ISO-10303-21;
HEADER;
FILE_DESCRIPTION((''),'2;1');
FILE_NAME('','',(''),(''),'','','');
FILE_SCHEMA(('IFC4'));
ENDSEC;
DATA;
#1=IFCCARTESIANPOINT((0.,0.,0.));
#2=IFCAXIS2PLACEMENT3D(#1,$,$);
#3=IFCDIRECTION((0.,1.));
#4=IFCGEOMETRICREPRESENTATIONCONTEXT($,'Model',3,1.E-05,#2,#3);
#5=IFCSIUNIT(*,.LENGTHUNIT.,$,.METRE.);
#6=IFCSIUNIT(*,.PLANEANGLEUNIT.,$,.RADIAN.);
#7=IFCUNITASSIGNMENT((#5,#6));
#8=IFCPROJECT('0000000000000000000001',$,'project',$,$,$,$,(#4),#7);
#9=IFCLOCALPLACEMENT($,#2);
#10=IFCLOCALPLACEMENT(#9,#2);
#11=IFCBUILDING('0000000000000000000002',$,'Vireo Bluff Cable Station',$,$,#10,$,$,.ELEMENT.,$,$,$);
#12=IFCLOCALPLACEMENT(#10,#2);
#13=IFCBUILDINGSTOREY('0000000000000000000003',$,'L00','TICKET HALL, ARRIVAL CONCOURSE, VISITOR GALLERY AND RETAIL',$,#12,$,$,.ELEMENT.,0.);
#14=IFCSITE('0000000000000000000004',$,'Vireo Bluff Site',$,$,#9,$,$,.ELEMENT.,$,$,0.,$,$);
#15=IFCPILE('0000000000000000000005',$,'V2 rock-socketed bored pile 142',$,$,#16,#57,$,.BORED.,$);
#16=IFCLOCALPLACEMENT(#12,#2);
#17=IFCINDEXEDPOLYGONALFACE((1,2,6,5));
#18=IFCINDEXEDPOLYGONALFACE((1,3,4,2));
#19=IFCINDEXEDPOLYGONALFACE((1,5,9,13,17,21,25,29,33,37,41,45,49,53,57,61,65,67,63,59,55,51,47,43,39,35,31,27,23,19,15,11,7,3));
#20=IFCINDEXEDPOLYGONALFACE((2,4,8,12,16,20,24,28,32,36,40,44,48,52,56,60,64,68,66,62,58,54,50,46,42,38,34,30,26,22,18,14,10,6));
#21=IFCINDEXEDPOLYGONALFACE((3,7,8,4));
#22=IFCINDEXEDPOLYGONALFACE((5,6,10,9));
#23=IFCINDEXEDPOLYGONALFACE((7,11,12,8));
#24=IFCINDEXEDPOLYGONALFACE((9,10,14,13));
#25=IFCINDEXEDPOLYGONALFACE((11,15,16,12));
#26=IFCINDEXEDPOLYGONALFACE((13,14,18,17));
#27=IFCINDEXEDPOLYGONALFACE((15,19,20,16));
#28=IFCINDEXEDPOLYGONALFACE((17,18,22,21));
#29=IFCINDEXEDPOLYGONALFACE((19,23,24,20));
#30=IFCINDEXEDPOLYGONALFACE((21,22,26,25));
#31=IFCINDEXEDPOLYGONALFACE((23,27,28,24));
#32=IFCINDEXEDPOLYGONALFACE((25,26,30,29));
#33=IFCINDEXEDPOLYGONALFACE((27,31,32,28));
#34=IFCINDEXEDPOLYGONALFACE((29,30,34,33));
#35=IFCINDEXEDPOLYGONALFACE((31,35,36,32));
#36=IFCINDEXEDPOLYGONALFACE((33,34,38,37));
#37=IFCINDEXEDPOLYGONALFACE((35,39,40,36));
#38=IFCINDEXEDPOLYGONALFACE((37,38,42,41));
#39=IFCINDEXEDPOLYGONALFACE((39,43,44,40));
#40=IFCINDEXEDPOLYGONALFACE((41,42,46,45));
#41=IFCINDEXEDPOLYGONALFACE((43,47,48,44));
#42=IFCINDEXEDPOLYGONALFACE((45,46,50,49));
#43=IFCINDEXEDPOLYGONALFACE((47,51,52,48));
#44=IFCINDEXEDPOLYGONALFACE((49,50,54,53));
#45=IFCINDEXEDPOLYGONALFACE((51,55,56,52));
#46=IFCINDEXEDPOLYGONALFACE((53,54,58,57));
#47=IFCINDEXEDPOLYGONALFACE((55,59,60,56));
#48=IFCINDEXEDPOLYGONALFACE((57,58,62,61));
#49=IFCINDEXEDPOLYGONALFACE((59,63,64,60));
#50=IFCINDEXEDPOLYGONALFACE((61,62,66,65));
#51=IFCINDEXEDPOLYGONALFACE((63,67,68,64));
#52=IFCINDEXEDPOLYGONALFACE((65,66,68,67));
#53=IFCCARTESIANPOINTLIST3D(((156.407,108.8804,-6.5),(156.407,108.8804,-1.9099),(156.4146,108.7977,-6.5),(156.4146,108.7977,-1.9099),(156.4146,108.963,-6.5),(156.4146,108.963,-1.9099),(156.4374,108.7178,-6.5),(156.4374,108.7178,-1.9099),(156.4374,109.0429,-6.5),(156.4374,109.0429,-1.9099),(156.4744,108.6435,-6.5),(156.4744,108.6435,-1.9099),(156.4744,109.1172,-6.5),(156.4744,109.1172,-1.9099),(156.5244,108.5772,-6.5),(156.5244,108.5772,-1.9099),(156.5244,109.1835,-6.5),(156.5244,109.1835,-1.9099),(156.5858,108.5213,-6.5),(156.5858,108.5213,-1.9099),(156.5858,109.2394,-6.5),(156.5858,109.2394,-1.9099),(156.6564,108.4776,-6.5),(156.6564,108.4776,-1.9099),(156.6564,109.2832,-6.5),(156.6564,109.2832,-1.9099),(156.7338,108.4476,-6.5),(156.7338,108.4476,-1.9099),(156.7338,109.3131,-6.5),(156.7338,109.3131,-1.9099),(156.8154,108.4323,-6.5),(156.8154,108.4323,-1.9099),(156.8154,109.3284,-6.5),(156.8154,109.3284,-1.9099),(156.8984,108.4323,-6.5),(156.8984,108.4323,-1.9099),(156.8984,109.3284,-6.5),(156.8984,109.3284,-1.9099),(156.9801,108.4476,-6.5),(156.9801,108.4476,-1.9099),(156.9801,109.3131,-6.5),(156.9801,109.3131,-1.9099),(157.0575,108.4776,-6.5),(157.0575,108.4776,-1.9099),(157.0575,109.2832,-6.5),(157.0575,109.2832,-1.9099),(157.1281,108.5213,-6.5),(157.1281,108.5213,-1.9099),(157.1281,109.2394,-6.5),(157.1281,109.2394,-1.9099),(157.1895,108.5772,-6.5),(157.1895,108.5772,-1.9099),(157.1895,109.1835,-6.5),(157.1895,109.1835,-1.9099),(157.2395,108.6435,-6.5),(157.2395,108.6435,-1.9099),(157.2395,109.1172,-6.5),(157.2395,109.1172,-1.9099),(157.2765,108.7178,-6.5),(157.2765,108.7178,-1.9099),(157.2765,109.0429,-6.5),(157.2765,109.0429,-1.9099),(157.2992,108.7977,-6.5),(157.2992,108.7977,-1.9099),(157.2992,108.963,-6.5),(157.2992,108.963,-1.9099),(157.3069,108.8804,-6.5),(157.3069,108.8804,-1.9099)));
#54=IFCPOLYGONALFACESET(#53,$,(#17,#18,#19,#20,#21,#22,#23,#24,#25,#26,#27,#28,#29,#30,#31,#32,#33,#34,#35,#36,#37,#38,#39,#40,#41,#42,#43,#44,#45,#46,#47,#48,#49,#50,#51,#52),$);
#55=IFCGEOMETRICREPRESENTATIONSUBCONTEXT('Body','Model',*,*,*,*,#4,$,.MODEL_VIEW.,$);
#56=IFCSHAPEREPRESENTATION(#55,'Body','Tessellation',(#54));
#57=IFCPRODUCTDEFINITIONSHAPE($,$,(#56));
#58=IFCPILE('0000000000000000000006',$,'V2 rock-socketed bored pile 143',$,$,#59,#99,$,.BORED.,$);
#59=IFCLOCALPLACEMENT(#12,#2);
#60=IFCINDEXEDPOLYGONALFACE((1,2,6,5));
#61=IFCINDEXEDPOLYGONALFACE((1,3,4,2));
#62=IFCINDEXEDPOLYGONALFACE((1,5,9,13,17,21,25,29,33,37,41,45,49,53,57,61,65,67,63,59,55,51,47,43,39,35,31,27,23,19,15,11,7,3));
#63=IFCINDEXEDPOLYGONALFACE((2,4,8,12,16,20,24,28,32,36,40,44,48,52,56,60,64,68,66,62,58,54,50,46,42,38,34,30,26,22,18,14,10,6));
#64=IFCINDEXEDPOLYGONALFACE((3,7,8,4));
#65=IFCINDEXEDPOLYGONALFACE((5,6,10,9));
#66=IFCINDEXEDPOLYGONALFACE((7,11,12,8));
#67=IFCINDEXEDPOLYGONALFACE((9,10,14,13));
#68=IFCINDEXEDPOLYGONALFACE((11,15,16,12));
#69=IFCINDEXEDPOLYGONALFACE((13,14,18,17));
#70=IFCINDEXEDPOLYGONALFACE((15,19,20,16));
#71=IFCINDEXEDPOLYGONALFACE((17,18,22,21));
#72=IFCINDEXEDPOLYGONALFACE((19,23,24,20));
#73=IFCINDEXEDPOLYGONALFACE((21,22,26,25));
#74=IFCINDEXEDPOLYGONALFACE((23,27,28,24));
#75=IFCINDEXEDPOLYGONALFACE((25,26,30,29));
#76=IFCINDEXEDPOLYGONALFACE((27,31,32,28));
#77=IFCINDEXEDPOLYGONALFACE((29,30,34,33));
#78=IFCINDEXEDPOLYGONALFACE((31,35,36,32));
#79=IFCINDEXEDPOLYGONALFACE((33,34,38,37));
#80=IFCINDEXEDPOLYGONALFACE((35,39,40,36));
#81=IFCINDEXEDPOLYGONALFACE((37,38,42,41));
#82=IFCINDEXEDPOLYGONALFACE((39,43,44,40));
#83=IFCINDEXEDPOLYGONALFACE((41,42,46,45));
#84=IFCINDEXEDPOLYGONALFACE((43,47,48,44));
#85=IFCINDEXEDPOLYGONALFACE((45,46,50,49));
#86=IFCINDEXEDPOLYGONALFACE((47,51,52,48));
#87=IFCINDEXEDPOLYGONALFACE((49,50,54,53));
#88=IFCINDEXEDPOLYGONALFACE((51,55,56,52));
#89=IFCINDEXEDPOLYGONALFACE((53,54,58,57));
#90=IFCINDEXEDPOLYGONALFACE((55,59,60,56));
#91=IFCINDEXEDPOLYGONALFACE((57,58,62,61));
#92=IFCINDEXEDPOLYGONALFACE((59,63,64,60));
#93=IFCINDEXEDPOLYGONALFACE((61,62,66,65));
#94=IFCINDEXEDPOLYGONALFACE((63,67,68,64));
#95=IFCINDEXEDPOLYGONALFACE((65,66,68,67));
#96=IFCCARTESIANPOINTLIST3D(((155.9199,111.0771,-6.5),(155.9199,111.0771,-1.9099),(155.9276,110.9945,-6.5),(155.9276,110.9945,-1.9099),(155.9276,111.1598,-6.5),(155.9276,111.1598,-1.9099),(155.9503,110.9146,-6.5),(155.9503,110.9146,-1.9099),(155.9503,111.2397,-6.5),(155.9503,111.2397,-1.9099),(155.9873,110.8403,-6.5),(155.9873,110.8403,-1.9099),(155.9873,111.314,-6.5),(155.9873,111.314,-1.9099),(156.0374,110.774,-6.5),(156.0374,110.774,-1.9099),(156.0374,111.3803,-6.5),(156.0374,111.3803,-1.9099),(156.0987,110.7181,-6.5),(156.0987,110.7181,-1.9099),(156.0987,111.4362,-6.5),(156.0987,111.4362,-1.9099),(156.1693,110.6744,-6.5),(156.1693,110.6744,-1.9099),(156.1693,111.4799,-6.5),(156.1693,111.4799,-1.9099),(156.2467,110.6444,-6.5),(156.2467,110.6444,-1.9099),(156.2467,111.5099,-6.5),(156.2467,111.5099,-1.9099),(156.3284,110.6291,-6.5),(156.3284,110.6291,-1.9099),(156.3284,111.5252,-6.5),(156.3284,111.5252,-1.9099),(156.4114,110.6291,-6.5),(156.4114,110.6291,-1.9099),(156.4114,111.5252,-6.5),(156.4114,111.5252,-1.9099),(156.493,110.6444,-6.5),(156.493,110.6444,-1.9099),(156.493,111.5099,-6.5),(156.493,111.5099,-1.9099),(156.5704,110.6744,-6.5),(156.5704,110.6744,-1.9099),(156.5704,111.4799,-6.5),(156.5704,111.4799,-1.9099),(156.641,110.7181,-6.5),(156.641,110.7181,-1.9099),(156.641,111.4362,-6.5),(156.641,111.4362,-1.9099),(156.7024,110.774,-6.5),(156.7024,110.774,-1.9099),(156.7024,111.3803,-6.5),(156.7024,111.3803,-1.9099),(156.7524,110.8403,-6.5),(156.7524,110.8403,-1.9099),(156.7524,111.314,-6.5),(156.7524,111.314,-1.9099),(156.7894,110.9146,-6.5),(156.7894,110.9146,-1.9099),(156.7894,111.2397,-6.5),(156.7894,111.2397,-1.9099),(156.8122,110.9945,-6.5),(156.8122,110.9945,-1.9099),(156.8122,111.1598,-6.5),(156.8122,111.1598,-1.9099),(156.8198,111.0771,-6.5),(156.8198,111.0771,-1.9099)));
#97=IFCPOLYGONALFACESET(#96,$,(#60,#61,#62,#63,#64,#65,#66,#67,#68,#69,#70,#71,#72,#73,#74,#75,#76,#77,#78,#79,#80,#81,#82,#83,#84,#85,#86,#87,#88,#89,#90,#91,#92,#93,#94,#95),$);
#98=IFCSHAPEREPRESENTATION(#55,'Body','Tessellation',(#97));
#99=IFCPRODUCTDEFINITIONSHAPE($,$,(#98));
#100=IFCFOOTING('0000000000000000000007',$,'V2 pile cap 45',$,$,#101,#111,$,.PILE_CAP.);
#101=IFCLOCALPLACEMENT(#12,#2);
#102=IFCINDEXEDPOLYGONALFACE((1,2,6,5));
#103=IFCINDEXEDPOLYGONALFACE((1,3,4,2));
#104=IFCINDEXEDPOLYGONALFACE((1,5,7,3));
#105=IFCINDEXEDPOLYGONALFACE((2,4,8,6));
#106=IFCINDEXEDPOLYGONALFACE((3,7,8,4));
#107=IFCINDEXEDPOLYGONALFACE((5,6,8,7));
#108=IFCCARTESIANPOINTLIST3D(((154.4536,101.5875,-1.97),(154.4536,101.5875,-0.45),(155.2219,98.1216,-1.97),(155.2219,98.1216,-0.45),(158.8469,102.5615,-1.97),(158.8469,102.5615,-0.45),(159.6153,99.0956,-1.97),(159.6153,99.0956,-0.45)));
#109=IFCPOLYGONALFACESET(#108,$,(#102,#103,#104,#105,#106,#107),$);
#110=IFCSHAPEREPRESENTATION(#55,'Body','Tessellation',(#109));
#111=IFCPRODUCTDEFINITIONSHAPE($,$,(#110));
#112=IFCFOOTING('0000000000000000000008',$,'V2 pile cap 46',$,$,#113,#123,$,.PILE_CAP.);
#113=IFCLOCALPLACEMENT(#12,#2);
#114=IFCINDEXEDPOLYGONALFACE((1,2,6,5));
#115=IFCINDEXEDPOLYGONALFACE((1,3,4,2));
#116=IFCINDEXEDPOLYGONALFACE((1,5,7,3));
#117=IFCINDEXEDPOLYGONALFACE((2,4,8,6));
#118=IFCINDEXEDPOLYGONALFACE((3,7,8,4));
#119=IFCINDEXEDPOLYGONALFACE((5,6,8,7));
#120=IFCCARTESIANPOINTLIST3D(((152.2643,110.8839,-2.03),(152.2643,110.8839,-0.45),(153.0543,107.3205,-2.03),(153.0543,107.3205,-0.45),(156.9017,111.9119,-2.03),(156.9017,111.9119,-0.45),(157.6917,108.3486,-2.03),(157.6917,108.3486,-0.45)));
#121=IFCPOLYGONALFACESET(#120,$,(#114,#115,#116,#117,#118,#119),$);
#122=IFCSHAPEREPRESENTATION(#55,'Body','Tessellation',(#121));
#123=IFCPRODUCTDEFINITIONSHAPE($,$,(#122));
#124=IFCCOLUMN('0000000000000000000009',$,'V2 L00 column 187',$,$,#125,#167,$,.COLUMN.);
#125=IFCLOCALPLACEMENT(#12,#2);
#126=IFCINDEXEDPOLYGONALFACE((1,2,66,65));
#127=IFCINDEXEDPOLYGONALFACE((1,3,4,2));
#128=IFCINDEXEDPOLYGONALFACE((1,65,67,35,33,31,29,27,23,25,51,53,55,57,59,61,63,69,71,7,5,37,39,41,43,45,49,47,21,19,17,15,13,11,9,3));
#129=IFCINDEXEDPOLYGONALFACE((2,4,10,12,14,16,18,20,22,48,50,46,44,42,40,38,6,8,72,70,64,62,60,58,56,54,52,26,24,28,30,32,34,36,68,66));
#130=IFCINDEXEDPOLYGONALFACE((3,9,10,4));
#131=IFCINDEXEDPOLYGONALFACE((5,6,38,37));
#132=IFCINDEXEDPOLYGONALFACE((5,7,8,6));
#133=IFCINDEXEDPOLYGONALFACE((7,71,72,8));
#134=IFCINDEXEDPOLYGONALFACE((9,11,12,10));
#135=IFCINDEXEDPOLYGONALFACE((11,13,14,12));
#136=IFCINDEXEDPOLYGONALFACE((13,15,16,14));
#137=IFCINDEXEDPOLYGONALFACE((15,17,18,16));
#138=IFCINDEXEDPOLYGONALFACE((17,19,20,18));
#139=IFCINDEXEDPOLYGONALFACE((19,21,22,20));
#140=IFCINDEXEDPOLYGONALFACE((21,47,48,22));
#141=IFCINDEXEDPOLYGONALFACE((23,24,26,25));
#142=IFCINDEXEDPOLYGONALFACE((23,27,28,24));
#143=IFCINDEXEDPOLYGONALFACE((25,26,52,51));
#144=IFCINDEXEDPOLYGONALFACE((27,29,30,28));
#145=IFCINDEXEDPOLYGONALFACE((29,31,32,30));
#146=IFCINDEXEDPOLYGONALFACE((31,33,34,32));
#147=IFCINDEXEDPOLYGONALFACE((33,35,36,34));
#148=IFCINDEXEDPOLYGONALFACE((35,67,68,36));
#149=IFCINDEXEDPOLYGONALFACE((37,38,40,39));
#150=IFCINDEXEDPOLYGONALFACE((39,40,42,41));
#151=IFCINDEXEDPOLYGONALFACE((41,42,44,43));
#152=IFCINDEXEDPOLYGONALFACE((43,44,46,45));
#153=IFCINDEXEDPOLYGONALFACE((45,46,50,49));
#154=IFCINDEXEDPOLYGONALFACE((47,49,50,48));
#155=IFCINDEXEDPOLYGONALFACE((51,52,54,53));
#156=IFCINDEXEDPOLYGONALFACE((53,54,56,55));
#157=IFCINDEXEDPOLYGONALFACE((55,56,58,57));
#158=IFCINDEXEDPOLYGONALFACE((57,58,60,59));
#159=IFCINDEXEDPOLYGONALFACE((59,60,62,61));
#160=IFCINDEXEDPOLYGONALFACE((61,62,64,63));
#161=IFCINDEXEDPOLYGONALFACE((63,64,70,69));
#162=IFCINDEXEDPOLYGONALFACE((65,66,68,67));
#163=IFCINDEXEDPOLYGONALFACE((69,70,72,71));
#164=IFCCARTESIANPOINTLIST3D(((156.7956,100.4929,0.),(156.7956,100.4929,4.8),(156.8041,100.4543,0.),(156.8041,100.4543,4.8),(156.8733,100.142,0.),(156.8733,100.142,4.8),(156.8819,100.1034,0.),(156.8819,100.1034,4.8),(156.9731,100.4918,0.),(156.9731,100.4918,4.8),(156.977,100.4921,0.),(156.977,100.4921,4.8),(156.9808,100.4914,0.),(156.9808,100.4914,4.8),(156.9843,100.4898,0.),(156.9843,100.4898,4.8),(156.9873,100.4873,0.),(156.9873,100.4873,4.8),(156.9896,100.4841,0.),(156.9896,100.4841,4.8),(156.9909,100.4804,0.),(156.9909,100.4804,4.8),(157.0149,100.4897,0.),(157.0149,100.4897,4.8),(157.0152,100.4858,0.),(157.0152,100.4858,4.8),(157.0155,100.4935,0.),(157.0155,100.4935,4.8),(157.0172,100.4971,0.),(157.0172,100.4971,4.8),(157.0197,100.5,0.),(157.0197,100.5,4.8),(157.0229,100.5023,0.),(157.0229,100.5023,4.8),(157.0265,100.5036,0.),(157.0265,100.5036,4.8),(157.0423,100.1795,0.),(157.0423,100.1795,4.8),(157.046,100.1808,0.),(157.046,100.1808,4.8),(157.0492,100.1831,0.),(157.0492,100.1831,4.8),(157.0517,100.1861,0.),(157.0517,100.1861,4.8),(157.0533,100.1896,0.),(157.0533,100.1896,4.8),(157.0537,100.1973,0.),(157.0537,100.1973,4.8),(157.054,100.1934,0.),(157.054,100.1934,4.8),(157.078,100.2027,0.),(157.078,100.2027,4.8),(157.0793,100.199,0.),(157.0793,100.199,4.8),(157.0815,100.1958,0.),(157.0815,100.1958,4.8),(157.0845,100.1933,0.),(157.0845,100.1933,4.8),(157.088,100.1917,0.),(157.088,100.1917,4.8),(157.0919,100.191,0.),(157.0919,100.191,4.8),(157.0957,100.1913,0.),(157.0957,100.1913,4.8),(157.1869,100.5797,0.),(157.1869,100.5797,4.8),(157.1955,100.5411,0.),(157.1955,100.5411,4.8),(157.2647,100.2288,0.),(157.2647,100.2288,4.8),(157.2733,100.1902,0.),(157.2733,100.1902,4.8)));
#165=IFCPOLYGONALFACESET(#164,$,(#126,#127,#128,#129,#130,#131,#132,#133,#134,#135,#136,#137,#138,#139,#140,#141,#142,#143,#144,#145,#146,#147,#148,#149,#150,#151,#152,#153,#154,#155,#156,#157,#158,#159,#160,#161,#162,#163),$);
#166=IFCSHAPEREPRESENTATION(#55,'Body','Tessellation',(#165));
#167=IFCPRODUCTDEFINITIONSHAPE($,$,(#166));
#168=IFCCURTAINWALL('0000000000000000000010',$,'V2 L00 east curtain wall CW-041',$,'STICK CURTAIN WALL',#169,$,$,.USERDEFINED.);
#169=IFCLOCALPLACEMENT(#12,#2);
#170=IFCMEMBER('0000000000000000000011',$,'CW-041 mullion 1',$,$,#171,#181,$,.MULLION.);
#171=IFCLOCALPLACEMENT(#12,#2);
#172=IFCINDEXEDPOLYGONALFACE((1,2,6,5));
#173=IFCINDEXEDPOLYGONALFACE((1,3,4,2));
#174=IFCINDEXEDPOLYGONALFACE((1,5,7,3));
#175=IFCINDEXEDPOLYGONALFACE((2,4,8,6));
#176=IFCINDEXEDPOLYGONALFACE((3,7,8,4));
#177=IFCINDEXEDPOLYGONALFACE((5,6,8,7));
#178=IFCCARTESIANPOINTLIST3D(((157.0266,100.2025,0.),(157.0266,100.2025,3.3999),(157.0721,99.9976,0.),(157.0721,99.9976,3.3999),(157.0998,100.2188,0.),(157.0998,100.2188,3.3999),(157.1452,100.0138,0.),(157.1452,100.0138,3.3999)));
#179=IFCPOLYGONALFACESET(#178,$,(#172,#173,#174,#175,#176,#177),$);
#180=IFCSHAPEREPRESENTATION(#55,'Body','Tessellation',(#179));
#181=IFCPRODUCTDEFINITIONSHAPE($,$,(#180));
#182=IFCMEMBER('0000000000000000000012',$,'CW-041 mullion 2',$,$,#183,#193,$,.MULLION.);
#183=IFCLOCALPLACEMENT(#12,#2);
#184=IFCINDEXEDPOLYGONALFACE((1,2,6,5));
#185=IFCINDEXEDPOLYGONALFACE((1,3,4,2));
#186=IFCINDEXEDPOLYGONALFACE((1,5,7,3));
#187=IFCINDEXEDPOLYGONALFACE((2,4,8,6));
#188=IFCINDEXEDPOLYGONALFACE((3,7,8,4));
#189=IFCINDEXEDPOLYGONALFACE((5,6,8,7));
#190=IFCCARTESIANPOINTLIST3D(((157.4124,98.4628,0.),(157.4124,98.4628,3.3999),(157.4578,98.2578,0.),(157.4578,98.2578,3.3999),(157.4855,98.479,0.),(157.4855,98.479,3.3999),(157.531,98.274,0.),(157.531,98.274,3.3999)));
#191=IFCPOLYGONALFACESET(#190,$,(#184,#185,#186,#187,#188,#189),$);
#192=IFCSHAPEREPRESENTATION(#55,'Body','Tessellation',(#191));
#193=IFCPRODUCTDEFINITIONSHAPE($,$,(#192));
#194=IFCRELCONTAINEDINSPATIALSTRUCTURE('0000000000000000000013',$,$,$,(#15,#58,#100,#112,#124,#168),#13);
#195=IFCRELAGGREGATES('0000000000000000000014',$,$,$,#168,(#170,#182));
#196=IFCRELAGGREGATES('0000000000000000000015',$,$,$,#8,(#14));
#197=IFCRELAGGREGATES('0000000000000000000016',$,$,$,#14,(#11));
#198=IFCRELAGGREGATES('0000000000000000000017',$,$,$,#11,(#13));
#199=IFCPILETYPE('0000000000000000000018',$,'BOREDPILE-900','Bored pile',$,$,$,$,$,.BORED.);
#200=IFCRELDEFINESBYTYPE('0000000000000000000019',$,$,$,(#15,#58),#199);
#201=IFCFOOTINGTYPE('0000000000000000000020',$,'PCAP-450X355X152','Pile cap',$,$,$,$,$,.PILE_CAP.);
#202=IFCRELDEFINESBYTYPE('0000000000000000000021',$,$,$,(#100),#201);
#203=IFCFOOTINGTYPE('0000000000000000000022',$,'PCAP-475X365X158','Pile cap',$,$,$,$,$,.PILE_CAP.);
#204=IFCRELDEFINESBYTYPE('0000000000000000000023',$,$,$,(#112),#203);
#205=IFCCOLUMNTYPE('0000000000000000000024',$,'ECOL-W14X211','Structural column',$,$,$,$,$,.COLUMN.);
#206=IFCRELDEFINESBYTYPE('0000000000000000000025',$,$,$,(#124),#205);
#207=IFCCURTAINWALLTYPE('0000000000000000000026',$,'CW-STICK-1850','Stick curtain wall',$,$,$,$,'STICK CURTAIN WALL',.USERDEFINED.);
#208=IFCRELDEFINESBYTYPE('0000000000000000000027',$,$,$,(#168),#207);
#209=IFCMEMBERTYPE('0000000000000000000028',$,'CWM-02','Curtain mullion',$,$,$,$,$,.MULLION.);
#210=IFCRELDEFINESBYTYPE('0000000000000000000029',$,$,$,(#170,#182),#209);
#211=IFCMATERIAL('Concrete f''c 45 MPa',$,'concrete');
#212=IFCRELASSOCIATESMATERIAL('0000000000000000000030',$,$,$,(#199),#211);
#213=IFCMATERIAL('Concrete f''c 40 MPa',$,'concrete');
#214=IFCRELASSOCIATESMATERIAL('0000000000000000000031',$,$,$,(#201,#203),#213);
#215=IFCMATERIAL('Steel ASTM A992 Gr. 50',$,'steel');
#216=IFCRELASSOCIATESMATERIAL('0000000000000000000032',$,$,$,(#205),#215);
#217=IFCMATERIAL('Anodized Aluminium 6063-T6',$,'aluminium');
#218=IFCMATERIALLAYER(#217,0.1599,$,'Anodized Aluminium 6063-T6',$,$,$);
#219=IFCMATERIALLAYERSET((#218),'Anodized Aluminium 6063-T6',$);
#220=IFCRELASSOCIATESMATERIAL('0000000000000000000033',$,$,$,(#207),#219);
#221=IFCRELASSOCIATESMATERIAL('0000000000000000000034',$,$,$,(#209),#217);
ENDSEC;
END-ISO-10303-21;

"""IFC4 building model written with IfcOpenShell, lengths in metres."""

from ifc_helpers import new_model, si_unit, direction, frame, origin, origin_2d, place, context, subcontext, project, spatial, rectangle, circle, i_section, extrude, material, layer, layer_set, material_profile, profile_set, type_object, element, aggregate, save


model = new_model("IFC4")

# Units and contexts
model_context = context("Model", 3, precision=1e-05, world=origin(), true_north=direction((0.0, 1.0)))
body_context = subcontext(model_context, "Body", "Model", "MODEL_VIEW")
ifc_project = project(units=[si_unit("LENGTHUNIT", "METRE"), si_unit("PLANEANGLEUNIT", "RADIAN")], contexts=[model_context])

# Site, building, storey
site_placement = place(None, origin())
site = spatial("IfcSite", under=ifc_project, at=site_placement, Name="Vireo Bluff Site", CompositionType="ELEMENT", RefElevation=0.0)
building_placement = place(site_placement, origin())
building = spatial("IfcBuilding", under=site, at=building_placement, Name="Vireo Bluff Cable Station", CompositionType="ELEMENT")
storey_placement = place(building_placement, origin())
storey = spatial("IfcBuildingStorey", under=building, at=storey_placement, Name="L00", Description="TICKET HALL, ARRIVAL CONCOURSE, VISITOR GALLERY AND RETAIL", CompositionType="ELEMENT", Elevation=0.0)

# Piles
ifc_material_1 = material(Name="Concrete f'c 45 MPa", Category="concrete")
ifc_material_profile_1 = material_profile(ifc_material_1, circle(Radius=0.45, at=origin_2d()), Name="BOREDPILE-900")
ifc_profile_set_1 = profile_set([ifc_material_profile_1], Name="Concrete f'c 45 MPa")
pile_type_1 = type_object("IfcPileType", Name="BOREDPILE-900", Description="Bored pile", PredefinedType="BORED", material=ifc_profile_set_1)
for number, where, z_axis, x_axis, name in (
    (1, (156.8569, 108.8804, -1.9099), (0.0, 0.0, -1.0), (1.0, 0.0, 0.0), "V2 rock-socketed bored pile 142"),
    (2, (156.3699, 111.0771, -1.9099), (0.0, 0.0, -1.0), (1.0, 0.0, 0.0), "V2 rock-socketed bored pile 143"),
):
    element("IfcPile", number, at=place(storey_placement, frame(where, z_axis=z_axis, x_axis=x_axis)), inside=storey, type_object=pile_type_1, Name=name, PredefinedType="BORED", context=body_context, shape_type="SweptSolid", body=[
        extrude(circle(Radius=0.45, at=origin_2d()), origin(), (0.0, 0.0, 1.0), 4.5901),
    ])

# Footings
ifc_material_2 = material(Name="Concrete f'c 40 MPa", Category="concrete")
footing_type_1 = type_object("IfcFootingType", Name="PCAP-450X355X152", Description="Pile cap", PredefinedType="PILE_CAP", material=ifc_material_2)
footing_1_placement = place(storey_placement, frame((157.0344, 100.3416, -1.97), z_axis=(0.0, 0.0, 1.0), x_axis=(0.976296, 0.21644, 0.0)))
element("IfcFooting", 3, at=footing_1_placement, inside=storey, type_object=footing_type_1, Name="V2 pile cap 45", PredefinedType="PILE_CAP", context=body_context, shape_type="SweptSolid", body=[
    extrude(rectangle(XDim=4.5, YDim=3.55, at=origin_2d()), origin(), (0.0, 0.0, 1.0), 1.52),
])
footing_type_2 = type_object("IfcFootingType", Name="PCAP-475X365X158", Description="Pile cap", PredefinedType="PILE_CAP", material=ifc_material_2)
footing_2_placement = place(storey_placement, frame((154.978, 109.6162, -2.03), z_axis=(0.0, 0.0, 1.0), x_axis=(0.976296, 0.21644, 0.0)))
element("IfcFooting", 4, at=footing_2_placement, inside=storey, type_object=footing_type_2, Name="V2 pile cap 46", PredefinedType="PILE_CAP", context=body_context, shape_type="SweptSolid", body=[
    extrude(rectangle(XDim=4.75, YDim=3.6499, at=origin_2d()), origin(), (0.0, 0.0, 1.0), 1.5801),
])

# Column
ifc_material_3 = material(Name="Steel ASTM A992 Gr. 50", Category="steel")
ifc_material_profile_2 = material_profile(ifc_material_3, i_section(OverallWidth=0.4009, OverallDepth=0.3989, WebThickness=0.0249, FlangeThickness=0.0396, FilletRadius=0.0149, at=origin_2d()), Name="W14X211")
ifc_profile_set_2 = profile_set([ifc_material_profile_2], Name="Steel ASTM A992 Gr. 50")
column_type = type_object("IfcColumnType", Name="ECOL-W14X211", Description="Structural column", PredefinedType="COLUMN", material=ifc_profile_set_2)
column_placement = place(storey_placement, frame((157.0344, 100.3416, 0.0), z_axis=(0.0, 0.0, 1.0), x_axis=(0.976296, 0.21644, 0.0)))
element("IfcColumn", 5, at=column_placement, inside=storey, type_object=column_type, Name="V2 L00 column 187", PredefinedType="COLUMN", context=body_context, shape_type="SweptSolid", body=[
    extrude(i_section(OverallWidth=0.4009, OverallDepth=0.3989, WebThickness=0.0249, FlangeThickness=0.0396, FilletRadius=0.0149, at=origin_2d()), origin(), (0.0, 0.0, 1.0), 4.8),
])

# Curtain wall, members
ifc_material_4 = material(Name="Anodized Aluminium 6063-T6", Category="aluminium")
ifc_layer_1 = layer(ifc_material_4, 0.1599, Name="Anodized Aluminium 6063-T6")
ifc_layer_set_1 = layer_set([ifc_layer_1], Name="Anodized Aluminium 6063-T6")
curtain_wall_type = type_object("IfcCurtainWallType", Name="CW-STICK-1850", Description="Stick curtain wall", ElementType="STICK CURTAIN WALL", PredefinedType="USERDEFINED", material=ifc_layer_set_1)
curtain_wall_placement = place(storey_placement, origin())
curtain_wall = element("IfcCurtainWall", 6, at=curtain_wall_placement, inside=storey, type_object=curtain_wall_type, Name="V2 L00 east curtain wall CW-041", ObjectType="STICK CURTAIN WALL", PredefinedType="USERDEFINED")
ifc_material_profile_3 = material_profile(ifc_material_4, rectangle(XDim=0.075, YDim=0.21, at=origin_2d()), Name="ALU-M-75X210")
ifc_profile_set_3 = profile_set([ifc_material_profile_3], Name="Anodized Aluminium 6063-T6")
member_type_1 = type_object("IfcMemberType", Name="CWM-02", Description="Curtain mullion", PredefinedType="MULLION", material=ifc_profile_set_3)
member_1_placement = place(storey_placement, frame((157.0859, 100.1082, 0.0), z_axis=(0.0, 0.0, 1.0), x_axis=(0.976296, 0.21644, 0.0)))
member_1 = element("IfcMember", 7, at=member_1_placement, type_object=member_type_1, Name="CW-041 mullion 1", PredefinedType="MULLION", context=body_context, shape_type="SweptSolid", body=[
    extrude(rectangle(XDim=0.075, YDim=0.21, at=origin_2d()), origin(), (0.0, 0.0, 1.0), 3.3999),
])
member_2_placement = place(storey_placement, frame((157.4717, 98.3684, 0.0), z_axis=(0.0, 0.0, 1.0), x_axis=(0.976296, 0.21644, 0.0)))
member_2 = element("IfcMember", 8, at=member_2_placement, type_object=member_type_1, Name="CW-041 mullion 2", PredefinedType="MULLION", context=body_context, shape_type="SweptSolid", body=[
    extrude(rectangle(XDim=0.075, YDim=0.21, at=origin_2d()), origin(), (0.0, 0.0, 1.0), 3.3999),
])

aggregate(curtain_wall, [member_1, member_2])

save(model, "model.ifc")
